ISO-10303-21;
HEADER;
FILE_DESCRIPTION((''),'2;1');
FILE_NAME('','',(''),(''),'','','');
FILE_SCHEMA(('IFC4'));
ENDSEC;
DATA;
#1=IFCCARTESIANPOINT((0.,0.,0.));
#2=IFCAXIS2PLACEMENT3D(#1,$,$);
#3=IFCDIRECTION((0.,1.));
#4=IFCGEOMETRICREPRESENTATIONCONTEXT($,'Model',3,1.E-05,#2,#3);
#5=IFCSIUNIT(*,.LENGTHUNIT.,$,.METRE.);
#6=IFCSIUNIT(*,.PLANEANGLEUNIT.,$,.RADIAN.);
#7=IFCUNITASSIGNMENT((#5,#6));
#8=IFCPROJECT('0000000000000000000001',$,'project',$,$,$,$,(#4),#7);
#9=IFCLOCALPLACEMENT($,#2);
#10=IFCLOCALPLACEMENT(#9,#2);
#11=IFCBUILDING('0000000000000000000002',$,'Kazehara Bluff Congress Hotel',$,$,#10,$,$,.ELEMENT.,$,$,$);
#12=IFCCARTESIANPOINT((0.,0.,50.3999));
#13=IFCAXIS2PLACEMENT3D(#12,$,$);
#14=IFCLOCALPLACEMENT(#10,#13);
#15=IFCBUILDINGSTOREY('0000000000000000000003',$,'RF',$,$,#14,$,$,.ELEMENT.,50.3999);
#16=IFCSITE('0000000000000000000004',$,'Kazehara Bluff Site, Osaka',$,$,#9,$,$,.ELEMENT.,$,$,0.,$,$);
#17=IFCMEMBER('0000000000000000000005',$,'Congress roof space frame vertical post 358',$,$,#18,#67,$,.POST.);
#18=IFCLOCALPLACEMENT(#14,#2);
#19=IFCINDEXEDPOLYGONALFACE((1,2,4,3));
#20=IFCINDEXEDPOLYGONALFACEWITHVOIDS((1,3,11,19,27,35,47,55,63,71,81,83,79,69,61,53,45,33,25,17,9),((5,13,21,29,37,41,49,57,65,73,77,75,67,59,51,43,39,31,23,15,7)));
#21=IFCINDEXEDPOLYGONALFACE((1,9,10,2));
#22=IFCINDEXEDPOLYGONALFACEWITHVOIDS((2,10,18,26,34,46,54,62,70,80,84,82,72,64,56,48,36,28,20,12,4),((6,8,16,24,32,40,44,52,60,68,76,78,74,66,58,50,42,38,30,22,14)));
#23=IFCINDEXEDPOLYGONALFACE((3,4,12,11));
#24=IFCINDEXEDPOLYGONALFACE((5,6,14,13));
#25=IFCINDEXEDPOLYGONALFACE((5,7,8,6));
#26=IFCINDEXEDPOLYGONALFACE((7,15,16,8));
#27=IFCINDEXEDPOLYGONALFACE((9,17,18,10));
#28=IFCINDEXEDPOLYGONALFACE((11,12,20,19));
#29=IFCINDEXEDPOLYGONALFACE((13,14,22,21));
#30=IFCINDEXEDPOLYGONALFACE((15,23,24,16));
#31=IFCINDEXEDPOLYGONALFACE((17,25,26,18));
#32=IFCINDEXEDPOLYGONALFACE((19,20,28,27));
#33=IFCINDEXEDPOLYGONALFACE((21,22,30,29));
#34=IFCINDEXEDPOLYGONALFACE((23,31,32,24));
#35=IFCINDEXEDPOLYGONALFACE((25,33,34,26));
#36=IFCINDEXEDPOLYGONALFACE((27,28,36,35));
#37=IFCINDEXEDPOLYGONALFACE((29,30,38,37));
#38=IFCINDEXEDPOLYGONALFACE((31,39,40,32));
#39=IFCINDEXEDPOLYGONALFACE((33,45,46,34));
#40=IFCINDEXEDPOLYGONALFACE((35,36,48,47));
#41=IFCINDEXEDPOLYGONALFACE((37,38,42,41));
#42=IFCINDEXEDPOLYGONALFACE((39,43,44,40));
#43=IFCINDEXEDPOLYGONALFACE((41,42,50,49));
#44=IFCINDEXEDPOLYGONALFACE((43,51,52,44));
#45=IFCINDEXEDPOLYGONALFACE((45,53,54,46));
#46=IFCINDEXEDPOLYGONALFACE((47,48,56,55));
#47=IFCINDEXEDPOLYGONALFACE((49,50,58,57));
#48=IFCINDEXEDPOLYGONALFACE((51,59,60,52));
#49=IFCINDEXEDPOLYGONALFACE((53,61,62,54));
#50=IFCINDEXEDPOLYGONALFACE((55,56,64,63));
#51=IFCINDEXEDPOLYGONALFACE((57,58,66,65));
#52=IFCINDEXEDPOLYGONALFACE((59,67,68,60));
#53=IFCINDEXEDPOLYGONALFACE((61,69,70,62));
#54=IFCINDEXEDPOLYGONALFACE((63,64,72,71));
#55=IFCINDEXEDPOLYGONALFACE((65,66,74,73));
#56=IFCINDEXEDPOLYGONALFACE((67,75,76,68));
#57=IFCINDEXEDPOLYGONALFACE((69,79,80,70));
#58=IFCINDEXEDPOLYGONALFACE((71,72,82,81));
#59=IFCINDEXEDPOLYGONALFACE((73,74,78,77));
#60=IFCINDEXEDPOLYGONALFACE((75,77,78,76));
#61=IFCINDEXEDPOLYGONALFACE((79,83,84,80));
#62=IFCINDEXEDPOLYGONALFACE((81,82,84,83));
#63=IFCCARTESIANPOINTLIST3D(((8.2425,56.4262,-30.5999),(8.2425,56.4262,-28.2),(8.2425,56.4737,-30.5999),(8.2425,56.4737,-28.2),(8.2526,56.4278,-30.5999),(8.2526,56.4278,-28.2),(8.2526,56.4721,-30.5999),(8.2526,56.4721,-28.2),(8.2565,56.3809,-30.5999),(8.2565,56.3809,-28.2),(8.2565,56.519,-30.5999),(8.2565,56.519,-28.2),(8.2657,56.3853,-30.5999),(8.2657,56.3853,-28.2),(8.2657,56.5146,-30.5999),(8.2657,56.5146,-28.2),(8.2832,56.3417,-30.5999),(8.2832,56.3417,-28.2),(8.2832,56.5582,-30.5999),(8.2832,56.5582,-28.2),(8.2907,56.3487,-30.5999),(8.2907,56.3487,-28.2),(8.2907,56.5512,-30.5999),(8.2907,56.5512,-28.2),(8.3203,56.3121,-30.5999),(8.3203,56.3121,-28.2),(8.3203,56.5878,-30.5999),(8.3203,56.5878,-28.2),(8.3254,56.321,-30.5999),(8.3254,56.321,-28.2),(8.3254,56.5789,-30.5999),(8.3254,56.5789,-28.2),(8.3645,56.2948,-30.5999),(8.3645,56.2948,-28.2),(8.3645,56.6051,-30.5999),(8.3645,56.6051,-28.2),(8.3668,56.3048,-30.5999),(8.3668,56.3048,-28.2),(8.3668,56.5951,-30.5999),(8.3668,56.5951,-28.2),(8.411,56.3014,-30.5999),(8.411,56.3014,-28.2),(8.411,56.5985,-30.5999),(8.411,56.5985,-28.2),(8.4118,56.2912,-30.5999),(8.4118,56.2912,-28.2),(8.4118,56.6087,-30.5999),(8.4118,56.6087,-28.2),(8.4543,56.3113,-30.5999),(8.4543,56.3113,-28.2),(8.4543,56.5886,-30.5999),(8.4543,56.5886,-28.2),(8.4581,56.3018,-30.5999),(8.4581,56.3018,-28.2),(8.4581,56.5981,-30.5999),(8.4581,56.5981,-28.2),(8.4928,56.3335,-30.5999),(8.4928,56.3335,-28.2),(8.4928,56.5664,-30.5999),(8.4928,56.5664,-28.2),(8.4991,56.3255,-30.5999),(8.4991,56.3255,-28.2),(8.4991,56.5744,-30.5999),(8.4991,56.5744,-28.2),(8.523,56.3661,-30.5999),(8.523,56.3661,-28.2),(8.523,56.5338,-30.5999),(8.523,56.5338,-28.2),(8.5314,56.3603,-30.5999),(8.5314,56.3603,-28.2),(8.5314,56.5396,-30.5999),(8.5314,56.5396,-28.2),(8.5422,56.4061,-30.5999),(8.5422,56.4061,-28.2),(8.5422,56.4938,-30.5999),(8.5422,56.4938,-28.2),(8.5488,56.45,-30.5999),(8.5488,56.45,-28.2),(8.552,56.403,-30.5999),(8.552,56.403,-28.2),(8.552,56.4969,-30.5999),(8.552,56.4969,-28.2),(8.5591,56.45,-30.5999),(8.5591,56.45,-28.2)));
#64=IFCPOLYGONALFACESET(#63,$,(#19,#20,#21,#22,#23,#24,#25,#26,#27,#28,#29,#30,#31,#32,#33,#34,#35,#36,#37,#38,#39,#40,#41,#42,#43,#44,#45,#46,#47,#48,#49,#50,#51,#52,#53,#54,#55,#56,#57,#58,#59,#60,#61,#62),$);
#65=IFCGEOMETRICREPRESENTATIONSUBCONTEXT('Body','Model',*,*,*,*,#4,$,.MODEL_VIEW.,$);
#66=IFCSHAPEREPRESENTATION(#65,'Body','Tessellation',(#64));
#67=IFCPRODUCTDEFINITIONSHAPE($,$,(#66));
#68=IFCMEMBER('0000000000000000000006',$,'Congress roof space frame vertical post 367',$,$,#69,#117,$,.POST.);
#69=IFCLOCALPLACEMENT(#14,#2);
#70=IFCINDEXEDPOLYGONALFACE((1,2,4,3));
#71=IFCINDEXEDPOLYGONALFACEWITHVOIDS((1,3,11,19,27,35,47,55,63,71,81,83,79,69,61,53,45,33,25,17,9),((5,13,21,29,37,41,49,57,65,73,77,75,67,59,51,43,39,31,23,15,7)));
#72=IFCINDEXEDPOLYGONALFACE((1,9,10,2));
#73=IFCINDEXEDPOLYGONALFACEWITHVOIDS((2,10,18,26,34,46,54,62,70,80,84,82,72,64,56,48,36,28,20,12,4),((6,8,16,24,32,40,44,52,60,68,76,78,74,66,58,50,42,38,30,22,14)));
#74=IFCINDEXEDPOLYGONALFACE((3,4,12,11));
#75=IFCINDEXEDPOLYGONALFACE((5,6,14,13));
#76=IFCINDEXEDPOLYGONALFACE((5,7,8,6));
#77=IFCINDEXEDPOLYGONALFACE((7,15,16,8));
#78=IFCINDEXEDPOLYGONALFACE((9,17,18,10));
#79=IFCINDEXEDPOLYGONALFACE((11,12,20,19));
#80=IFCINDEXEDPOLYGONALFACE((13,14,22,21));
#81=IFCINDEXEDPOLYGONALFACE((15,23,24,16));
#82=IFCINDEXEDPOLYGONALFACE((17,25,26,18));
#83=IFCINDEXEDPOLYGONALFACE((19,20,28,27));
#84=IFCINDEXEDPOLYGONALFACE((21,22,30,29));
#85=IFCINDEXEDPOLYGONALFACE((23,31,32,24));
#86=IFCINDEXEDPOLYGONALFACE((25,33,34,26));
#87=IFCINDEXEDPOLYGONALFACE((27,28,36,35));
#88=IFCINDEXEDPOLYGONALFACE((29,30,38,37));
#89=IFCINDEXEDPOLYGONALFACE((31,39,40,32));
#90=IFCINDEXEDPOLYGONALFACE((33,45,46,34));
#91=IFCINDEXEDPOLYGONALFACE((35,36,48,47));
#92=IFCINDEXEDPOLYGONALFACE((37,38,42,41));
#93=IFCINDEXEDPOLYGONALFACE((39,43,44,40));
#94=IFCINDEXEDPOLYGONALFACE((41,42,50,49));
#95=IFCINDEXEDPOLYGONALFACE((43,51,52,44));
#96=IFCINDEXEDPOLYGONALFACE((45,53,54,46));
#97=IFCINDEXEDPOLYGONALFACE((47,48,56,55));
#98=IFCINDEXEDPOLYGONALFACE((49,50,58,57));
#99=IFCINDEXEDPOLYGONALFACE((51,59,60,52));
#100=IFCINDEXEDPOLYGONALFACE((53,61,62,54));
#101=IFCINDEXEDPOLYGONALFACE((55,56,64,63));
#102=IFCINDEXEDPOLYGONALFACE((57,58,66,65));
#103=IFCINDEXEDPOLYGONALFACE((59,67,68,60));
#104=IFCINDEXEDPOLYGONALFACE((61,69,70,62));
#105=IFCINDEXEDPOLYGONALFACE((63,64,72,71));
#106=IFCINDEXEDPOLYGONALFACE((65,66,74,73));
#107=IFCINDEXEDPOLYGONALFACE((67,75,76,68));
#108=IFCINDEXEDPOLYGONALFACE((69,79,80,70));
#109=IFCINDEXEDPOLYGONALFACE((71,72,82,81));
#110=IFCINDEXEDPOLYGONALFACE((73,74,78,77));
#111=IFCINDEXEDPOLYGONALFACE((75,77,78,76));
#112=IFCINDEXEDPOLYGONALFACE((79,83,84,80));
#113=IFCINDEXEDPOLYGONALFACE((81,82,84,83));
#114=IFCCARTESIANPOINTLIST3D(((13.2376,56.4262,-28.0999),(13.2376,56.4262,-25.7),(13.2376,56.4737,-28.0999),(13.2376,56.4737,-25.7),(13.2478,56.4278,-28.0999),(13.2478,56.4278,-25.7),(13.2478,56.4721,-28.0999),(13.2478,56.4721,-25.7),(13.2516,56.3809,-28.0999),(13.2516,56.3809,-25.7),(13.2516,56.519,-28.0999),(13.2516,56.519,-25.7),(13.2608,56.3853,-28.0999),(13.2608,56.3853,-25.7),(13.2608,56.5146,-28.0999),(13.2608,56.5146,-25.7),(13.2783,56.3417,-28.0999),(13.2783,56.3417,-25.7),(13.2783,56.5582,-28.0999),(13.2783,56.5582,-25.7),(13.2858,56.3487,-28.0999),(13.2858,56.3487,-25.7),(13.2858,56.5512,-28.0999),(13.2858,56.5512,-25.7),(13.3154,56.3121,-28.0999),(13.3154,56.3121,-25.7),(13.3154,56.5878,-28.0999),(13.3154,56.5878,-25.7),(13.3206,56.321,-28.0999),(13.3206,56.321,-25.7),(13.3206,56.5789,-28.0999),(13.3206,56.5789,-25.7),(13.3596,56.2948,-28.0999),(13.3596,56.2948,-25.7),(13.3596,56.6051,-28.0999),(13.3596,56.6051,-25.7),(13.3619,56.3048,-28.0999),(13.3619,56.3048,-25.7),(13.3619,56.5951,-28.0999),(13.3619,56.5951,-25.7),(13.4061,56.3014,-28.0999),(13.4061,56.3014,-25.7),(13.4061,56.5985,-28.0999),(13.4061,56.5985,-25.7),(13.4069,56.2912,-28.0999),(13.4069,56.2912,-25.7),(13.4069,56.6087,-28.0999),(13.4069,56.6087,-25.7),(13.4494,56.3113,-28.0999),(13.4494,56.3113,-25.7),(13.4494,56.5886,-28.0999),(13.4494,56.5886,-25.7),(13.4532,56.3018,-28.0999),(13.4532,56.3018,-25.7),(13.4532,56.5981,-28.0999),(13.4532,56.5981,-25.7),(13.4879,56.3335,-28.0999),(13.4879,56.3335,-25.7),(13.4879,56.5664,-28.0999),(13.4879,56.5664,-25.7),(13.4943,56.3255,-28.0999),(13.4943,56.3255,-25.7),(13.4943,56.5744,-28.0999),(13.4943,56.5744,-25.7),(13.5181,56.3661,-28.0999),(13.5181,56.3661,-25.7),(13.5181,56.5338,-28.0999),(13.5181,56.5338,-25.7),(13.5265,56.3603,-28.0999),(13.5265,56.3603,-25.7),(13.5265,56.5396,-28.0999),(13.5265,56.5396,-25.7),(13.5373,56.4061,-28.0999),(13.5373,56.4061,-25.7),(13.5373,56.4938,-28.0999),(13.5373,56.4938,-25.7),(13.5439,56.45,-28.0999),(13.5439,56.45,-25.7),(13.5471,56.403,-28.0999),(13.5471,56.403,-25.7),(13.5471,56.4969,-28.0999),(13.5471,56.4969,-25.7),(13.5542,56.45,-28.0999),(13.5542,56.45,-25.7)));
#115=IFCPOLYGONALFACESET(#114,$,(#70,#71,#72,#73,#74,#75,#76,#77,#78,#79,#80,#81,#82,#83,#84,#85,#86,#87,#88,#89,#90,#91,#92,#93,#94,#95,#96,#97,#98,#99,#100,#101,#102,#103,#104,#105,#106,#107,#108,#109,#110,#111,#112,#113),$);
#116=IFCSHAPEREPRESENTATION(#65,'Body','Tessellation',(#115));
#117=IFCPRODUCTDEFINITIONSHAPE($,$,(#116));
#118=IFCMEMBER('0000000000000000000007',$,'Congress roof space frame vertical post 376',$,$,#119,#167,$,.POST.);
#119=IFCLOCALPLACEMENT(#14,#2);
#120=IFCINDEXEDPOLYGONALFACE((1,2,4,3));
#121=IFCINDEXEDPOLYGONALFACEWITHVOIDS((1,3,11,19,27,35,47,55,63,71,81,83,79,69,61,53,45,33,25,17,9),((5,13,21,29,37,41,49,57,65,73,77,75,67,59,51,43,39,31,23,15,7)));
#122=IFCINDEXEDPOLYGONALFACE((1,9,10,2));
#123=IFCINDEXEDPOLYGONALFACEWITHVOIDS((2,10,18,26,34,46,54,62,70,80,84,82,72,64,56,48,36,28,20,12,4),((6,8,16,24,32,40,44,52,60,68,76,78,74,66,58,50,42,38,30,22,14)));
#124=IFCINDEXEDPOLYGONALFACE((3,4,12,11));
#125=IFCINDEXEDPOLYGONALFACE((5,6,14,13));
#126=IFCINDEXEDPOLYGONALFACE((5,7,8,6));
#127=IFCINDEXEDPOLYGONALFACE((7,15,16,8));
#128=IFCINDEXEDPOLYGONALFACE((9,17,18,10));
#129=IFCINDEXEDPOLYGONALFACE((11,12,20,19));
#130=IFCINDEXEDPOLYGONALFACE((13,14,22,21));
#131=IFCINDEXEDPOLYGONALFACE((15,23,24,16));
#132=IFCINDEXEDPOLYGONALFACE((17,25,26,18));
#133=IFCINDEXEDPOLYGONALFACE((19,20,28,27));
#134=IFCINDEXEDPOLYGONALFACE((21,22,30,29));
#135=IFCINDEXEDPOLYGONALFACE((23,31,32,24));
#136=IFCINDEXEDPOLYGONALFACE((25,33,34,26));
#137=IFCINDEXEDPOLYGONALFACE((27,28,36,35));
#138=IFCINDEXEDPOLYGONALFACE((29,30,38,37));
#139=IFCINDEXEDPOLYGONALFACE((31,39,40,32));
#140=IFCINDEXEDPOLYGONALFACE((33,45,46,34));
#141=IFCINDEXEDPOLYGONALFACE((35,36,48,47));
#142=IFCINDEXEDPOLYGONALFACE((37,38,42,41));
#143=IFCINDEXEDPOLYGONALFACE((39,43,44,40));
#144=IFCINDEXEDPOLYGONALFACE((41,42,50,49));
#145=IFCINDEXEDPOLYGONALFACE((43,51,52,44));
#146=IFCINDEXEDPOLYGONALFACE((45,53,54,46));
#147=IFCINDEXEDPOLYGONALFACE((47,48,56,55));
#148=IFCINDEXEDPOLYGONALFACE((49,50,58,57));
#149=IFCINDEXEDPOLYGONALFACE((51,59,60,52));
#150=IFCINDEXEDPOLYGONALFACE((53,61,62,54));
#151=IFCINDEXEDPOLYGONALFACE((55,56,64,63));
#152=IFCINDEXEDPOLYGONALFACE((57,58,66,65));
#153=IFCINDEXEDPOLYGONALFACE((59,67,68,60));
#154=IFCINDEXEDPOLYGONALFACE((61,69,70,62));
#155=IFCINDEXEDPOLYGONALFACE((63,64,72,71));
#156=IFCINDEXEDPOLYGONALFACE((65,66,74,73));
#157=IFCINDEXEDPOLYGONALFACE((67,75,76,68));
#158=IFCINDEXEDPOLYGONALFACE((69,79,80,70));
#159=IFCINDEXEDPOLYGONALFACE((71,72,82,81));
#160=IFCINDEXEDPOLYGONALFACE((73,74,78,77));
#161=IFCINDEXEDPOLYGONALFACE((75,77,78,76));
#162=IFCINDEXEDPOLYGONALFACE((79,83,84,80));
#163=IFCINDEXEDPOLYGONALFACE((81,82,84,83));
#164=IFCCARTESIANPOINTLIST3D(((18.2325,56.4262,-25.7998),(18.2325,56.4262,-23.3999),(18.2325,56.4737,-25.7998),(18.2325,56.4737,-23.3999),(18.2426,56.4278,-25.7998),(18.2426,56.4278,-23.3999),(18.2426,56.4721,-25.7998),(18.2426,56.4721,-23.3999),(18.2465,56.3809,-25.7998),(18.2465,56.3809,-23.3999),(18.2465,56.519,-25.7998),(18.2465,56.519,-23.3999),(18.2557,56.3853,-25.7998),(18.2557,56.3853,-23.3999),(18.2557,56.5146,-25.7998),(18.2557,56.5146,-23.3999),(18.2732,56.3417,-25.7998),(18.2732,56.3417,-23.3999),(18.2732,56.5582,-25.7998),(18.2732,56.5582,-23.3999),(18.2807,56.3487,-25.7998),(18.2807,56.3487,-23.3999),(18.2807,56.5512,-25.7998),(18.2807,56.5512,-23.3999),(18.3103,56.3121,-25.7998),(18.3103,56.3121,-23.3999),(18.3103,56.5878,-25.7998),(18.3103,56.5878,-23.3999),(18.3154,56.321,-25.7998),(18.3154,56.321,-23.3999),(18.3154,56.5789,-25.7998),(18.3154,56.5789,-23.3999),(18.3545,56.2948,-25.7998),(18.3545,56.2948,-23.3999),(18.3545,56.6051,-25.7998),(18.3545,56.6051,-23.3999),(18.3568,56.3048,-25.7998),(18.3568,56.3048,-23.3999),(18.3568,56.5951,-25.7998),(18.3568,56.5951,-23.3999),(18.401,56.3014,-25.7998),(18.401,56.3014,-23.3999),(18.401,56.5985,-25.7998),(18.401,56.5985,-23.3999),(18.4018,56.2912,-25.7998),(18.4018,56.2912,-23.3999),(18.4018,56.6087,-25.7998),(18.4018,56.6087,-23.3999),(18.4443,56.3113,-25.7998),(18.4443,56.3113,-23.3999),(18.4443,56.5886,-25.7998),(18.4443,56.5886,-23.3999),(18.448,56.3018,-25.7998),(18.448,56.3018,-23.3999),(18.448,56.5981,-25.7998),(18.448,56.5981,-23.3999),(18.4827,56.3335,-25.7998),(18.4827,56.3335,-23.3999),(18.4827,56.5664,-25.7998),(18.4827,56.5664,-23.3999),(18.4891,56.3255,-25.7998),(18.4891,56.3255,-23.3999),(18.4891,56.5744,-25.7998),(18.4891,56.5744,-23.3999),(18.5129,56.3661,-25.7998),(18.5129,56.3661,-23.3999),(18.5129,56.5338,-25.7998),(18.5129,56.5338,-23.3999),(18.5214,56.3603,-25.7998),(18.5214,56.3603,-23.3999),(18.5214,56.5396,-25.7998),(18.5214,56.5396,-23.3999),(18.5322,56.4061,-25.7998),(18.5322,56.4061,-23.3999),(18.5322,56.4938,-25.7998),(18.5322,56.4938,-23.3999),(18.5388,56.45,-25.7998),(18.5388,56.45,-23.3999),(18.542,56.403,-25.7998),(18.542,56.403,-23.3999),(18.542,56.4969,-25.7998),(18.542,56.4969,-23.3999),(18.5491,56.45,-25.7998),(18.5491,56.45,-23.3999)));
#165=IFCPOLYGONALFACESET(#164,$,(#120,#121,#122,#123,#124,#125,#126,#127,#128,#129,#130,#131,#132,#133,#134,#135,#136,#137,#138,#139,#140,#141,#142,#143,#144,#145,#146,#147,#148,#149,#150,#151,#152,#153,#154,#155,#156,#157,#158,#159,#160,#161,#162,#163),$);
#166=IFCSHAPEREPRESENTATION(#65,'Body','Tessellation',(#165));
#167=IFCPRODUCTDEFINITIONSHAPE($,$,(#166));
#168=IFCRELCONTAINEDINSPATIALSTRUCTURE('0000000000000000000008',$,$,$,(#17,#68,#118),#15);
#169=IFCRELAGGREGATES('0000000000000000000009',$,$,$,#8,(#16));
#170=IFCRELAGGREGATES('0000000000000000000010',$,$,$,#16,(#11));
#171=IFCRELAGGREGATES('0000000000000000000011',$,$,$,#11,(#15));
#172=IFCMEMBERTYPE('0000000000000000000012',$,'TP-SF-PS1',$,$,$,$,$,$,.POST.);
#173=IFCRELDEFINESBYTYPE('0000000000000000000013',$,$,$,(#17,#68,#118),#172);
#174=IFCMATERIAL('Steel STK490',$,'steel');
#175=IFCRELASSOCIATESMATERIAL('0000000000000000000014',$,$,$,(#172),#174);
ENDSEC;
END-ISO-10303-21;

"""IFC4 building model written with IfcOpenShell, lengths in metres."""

from ifc_helpers import new_model, si_unit, direction, frame, origin, origin_2d, place, context, subcontext, project, spatial, hollow_circle, extrude, material, material_profile, profile_set, type_object, element, save


model = new_model("IFC4")

# Units and contexts
model_context = context("Model", 3, precision=1e-05, world=origin(), true_north=direction((0.0, 1.0)))
body_context = subcontext(model_context, "Body", "Model", "MODEL_VIEW")
ifc_project = project(units=[si_unit("LENGTHUNIT", "METRE"), si_unit("PLANEANGLEUNIT", "RADIAN")], contexts=[model_context])

# Site, building, storey
site_placement = place(None, origin())
site = spatial("IfcSite", under=ifc_project, at=site_placement, Name="Kazehara Bluff Site, Osaka", CompositionType="ELEMENT", RefElevation=0.0)
building_placement = place(site_placement, origin())
building = spatial("IfcBuilding", under=site, at=building_placement, Name="Kazehara Bluff Congress Hotel", CompositionType="ELEMENT")
storey_placement = place(building_placement, frame((0.0, 0.0, 50.3999)))
storey = spatial("IfcBuildingStorey", under=building, at=storey_placement, Name="RF", CompositionType="ELEMENT", Elevation=50.3999)

# Members
ifc_material_1 = material(Name="Steel STK490", Category="steel")
ifc_material_profile_1 = material_profile(ifc_material_1, hollow_circle(Radius=0.1592, WallThickness=0.0103, at=origin_2d()))
ifc_profile_set_1 = profile_set([ifc_material_profile_1], Name="Steel STK490")
member_type_1 = type_object("IfcMemberType", Name="TP-SF-PS1", PredefinedType="POST", material=ifc_profile_set_1)
for number, where, z_axis, x_axis, name in (
    (1, (8.3999, 56.45, -30.5999), (0.0, 0.0, 1.0), (1.0, 0.0, 0.0), "Congress roof space frame vertical post 358"),
    (2, (13.395, 56.45, -28.0999), (0.0, 0.0, 1.0), (1.0, 0.0, 0.0), "Congress roof space frame vertical post 367"),
    (3, (18.3899, 56.45, -25.7998), (0.0, 0.0, 1.0), (1.0, 0.0, 0.0), "Congress roof space frame vertical post 376"),
):
    element("IfcMember", number, at=place(storey_placement, frame(where, z_axis=z_axis, x_axis=x_axis)), inside=storey, type_object=member_type_1, Name=name, PredefinedType="POST", context=body_context, shape_type="SweptSolid", body=[
        extrude(hollow_circle(Radius=0.1592, WallThickness=0.0103, at=origin_2d()), origin(), (0.0, 0.0, 1.0), 2.3999),
    ])

save(model, "model.ifc")
